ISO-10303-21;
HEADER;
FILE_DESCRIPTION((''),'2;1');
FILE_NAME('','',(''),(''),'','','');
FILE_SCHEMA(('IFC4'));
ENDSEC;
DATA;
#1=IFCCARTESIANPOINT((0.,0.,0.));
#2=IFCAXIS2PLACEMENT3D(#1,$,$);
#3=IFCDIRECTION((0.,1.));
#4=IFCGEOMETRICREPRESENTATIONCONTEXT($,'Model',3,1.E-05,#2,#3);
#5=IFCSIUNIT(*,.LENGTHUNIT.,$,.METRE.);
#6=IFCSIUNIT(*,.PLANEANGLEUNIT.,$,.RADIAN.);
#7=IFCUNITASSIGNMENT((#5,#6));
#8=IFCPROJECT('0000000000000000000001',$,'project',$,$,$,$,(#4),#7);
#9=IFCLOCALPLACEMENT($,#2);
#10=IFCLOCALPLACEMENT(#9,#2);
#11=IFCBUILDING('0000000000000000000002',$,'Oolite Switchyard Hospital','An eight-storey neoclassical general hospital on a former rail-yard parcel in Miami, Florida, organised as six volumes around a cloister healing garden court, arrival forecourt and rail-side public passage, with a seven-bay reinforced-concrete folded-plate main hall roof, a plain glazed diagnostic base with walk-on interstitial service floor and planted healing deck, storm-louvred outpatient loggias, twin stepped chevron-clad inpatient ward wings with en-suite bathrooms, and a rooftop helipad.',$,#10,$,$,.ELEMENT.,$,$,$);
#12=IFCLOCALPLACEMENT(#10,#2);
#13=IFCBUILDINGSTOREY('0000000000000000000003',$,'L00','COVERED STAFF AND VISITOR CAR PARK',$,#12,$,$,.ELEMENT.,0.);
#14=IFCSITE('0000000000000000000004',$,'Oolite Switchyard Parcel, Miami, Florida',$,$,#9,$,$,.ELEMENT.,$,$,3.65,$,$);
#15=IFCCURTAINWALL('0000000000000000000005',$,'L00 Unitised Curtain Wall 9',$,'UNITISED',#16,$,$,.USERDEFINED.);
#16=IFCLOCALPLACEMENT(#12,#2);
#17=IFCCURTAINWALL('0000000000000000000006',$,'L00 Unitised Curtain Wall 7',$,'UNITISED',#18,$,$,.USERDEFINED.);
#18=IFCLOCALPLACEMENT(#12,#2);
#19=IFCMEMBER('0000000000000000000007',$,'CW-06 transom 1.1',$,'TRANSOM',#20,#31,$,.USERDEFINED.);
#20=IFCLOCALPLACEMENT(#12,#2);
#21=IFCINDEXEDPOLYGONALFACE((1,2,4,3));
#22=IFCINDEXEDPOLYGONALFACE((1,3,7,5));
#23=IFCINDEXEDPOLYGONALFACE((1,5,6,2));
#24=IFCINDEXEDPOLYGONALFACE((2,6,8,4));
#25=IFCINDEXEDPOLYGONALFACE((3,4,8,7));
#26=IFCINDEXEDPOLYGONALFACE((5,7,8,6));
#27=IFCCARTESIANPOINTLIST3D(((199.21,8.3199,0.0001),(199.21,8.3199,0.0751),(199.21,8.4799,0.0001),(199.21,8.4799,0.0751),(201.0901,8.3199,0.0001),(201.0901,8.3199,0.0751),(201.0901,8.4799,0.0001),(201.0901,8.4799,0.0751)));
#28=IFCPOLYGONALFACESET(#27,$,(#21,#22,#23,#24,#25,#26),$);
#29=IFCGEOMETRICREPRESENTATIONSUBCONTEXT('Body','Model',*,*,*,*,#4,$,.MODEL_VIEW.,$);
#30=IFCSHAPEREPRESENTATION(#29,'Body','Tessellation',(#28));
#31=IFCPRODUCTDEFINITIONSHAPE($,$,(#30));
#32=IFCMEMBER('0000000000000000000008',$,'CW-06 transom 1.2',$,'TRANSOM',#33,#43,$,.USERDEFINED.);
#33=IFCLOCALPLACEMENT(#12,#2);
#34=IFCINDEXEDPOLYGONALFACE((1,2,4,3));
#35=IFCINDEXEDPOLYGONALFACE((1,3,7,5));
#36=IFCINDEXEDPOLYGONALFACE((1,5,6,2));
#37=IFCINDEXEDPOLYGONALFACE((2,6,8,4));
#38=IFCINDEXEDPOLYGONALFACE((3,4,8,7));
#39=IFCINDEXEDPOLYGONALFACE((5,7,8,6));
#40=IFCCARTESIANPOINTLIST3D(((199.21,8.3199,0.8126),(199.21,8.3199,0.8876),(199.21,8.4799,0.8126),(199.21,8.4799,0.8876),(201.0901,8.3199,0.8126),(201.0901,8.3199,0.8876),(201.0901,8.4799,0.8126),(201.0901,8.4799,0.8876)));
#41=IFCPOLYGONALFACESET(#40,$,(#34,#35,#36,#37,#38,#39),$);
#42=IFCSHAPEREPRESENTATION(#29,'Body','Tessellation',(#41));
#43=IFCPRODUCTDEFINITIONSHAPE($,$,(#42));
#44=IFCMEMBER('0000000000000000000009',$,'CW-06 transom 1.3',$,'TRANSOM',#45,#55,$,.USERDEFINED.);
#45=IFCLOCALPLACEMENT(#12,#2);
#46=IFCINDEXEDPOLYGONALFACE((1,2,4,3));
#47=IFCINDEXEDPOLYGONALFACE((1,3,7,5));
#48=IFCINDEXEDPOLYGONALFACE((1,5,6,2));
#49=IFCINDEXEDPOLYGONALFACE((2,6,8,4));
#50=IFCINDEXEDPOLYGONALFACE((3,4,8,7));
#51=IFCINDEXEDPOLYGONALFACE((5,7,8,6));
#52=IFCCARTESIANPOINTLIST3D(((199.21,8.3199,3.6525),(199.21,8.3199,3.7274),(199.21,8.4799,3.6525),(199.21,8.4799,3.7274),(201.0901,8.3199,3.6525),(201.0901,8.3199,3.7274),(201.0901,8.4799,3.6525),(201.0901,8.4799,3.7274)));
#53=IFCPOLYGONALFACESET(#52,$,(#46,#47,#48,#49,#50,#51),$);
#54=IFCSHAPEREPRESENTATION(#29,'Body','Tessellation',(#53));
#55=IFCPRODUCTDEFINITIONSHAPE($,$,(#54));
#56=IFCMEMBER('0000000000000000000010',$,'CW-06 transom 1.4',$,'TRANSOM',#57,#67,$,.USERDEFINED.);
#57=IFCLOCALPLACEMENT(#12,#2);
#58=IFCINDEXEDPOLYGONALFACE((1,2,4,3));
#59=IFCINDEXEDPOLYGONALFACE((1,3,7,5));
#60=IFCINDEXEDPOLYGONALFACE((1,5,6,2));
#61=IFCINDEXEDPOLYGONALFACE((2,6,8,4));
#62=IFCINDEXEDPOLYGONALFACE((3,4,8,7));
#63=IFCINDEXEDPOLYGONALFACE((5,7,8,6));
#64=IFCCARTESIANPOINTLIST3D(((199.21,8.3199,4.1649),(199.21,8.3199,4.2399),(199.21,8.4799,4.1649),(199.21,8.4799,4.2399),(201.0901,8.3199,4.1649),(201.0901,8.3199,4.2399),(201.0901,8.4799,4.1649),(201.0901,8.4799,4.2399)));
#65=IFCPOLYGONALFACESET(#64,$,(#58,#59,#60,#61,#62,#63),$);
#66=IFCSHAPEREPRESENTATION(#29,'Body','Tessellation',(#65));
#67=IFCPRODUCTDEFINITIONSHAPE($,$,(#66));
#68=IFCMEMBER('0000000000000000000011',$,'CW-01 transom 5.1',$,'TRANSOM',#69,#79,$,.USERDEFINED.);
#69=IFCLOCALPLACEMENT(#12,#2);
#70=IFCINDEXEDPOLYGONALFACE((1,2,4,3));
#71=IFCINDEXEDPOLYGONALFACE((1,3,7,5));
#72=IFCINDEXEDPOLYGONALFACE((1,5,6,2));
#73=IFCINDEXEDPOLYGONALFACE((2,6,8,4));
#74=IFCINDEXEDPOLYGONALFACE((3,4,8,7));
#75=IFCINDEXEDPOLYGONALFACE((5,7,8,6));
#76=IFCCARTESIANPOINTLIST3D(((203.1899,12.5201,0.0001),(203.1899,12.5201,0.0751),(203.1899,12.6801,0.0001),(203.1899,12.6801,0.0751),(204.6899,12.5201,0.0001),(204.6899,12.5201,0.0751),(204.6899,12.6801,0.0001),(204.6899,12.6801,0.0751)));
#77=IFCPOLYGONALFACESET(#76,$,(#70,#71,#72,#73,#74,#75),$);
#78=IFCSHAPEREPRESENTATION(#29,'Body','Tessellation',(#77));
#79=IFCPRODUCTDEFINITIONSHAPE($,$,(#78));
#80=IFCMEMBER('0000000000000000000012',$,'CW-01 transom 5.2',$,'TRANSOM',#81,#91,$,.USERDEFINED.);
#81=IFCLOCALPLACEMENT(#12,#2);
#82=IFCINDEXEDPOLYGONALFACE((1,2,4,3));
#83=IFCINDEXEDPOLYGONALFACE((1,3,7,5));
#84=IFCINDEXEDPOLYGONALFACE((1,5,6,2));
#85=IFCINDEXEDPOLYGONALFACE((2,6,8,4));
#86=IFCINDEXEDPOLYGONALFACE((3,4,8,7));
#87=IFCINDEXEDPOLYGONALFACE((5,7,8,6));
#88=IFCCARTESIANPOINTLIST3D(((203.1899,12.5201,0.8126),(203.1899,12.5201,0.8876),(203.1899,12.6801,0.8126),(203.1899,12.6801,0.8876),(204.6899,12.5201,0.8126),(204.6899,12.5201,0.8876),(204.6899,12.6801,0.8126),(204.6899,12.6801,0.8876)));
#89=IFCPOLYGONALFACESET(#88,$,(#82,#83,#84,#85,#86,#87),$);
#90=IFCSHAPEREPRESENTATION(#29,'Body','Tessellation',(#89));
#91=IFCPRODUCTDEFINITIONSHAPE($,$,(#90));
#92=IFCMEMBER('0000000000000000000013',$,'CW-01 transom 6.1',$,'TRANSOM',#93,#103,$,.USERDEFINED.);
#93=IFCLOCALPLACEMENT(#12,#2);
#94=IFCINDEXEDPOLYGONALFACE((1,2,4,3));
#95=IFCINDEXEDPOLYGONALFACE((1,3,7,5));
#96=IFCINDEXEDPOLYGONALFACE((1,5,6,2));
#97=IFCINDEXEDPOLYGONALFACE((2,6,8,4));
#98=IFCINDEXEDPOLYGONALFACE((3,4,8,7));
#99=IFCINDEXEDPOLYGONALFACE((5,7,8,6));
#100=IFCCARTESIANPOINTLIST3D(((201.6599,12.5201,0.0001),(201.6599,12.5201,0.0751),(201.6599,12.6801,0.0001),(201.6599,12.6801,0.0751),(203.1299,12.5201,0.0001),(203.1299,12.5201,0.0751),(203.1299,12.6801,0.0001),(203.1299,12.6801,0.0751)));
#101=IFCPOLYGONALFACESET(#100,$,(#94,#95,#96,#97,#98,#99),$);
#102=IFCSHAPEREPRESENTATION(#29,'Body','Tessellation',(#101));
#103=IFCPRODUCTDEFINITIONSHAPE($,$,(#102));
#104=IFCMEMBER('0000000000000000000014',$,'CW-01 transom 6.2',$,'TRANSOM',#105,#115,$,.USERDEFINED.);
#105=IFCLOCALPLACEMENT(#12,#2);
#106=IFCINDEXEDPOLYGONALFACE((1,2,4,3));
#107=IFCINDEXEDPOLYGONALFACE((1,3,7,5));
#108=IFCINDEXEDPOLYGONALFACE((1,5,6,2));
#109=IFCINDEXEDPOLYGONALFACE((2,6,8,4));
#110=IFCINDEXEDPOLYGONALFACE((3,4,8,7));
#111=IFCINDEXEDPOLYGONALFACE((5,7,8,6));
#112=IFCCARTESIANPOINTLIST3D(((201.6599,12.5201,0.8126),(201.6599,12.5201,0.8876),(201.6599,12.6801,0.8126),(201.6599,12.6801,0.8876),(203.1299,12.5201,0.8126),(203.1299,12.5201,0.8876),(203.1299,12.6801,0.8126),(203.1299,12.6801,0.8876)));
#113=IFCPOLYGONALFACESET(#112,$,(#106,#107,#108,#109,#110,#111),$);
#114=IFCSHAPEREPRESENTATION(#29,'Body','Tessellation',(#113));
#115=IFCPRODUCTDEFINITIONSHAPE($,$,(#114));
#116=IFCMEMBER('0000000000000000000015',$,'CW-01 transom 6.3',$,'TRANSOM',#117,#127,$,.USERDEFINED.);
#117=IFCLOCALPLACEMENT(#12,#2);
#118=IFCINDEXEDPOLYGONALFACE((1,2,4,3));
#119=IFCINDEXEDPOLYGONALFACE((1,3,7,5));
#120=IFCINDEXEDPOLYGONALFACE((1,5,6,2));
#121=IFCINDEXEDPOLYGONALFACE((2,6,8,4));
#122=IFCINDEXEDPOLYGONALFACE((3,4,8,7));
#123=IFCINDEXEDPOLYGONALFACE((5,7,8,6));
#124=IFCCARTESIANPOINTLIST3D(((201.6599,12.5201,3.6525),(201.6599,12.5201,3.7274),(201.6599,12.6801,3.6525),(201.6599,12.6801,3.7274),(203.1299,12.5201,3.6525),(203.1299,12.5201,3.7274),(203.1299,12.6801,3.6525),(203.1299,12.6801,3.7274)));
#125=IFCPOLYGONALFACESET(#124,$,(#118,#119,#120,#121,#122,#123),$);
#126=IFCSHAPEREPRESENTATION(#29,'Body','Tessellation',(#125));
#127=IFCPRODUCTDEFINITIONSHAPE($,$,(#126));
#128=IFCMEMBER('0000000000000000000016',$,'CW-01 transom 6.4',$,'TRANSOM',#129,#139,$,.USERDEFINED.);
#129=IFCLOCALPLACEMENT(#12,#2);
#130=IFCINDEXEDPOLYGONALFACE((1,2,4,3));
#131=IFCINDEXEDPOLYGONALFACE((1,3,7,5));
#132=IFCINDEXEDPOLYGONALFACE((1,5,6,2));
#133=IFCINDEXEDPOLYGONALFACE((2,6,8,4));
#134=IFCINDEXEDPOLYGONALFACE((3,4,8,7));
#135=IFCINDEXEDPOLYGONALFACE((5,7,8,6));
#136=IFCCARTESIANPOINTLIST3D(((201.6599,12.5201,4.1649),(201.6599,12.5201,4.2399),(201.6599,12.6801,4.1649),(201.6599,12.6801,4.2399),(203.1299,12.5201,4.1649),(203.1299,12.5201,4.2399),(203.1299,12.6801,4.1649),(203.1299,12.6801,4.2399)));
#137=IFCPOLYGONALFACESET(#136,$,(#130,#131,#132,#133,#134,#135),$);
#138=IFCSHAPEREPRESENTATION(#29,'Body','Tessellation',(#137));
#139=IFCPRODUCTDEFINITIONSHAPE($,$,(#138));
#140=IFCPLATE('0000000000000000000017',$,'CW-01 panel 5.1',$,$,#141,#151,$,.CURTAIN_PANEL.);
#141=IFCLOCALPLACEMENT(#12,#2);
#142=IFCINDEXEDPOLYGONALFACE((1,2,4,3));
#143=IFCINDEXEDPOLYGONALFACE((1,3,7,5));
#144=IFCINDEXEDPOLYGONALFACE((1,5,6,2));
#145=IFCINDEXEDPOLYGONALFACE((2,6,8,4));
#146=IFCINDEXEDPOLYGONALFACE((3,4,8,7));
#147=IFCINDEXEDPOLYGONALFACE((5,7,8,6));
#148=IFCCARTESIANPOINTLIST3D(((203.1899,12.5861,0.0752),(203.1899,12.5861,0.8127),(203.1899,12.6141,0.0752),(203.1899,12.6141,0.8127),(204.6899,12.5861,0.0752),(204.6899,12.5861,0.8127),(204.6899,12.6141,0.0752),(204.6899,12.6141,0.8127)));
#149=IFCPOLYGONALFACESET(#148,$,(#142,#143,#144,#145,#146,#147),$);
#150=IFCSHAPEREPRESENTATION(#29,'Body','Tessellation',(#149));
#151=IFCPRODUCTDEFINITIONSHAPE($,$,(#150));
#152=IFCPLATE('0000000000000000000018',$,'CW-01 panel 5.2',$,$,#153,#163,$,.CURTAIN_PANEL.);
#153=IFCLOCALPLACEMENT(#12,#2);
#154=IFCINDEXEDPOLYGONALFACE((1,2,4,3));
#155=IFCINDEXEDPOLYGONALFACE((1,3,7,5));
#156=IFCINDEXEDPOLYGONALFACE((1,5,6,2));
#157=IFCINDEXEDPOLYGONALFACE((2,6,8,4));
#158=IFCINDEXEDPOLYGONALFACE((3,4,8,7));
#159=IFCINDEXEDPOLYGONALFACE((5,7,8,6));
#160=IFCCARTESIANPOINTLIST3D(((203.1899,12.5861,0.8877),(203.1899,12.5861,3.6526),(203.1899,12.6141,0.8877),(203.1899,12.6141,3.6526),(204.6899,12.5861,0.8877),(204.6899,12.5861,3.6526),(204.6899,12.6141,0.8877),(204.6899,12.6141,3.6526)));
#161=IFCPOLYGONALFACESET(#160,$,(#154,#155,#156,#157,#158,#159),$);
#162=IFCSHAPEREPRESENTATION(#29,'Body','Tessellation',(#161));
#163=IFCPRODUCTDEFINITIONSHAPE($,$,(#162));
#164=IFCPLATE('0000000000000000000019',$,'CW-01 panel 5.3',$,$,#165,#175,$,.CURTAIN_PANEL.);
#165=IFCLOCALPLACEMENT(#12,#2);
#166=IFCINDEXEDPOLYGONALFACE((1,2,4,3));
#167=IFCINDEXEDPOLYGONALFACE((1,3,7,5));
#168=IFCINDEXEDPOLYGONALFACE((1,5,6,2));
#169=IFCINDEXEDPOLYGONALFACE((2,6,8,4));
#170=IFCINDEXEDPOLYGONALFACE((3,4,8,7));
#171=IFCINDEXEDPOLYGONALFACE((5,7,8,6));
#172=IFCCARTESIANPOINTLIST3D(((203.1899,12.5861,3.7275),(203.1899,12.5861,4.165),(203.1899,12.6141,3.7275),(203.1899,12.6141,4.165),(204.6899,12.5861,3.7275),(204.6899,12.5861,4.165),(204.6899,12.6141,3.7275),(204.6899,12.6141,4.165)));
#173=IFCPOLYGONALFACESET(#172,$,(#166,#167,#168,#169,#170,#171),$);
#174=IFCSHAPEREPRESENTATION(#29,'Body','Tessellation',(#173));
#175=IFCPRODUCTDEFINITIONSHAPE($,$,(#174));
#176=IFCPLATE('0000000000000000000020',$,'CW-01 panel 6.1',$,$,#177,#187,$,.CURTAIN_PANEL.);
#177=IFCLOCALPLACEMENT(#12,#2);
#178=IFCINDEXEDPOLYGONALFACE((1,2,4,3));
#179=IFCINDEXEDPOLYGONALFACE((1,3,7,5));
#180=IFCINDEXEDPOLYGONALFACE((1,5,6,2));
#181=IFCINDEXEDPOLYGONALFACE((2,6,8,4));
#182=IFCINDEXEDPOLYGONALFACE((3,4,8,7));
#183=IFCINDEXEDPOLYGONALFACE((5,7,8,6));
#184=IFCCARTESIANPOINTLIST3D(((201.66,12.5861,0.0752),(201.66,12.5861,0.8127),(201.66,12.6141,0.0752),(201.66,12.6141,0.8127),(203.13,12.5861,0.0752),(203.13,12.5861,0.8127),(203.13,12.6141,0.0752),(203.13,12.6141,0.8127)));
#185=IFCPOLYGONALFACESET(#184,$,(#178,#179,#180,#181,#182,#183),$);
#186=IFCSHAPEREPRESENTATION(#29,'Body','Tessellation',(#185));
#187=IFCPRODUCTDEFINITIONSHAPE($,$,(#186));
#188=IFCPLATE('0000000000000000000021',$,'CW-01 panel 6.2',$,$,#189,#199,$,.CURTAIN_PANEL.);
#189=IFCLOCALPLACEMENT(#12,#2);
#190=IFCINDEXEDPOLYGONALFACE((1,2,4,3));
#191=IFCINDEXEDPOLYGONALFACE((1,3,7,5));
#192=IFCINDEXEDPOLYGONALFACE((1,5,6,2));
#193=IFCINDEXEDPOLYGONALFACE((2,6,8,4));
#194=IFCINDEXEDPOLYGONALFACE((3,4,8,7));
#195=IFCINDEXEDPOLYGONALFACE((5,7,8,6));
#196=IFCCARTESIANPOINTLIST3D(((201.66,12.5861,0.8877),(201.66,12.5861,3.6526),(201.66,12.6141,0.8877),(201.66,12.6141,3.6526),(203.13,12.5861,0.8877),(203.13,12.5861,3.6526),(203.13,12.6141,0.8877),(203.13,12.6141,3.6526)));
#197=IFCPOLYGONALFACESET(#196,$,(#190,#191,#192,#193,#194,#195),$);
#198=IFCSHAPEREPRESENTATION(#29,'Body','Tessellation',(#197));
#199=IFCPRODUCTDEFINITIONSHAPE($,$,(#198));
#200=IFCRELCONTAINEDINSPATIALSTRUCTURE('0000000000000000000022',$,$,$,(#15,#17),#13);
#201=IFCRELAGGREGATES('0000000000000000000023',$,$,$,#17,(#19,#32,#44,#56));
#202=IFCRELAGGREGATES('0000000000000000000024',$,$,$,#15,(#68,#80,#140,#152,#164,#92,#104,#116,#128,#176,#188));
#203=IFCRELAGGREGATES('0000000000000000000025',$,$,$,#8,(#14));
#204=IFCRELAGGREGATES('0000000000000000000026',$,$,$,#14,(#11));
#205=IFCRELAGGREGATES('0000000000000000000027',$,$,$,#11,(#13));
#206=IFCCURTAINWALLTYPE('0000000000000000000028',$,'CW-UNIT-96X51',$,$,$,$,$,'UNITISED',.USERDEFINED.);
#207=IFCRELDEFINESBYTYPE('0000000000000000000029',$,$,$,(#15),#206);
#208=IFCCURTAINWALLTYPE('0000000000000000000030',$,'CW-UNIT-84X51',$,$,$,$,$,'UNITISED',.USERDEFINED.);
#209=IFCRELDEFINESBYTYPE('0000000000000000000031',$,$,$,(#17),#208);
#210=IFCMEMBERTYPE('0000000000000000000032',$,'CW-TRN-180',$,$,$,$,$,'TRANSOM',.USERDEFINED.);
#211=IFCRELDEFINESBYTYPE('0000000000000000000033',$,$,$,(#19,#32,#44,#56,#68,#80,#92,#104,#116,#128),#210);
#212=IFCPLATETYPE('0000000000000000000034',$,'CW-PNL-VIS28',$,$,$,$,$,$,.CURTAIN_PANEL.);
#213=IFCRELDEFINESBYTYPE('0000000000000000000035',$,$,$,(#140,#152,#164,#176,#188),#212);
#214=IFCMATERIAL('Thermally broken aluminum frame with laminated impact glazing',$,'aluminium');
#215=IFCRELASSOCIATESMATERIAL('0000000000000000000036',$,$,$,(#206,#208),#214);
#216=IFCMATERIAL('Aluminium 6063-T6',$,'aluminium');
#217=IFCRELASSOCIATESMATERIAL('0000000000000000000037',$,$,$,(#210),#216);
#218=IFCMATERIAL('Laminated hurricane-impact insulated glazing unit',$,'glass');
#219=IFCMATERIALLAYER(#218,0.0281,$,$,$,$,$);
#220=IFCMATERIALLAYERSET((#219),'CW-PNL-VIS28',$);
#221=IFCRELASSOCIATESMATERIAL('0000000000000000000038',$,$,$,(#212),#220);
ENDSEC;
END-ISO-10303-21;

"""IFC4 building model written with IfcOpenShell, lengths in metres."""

from ifc_helpers import new_model, si_unit, direction, frame, origin, origin_2d, place, context, subcontext, project, spatial, rectangle, extrude, material, layer, layer_set, material_profile, profile_set, type_object, element, aggregate, save


model = new_model("IFC4")

# Units and contexts
model_context = context("Model", 3, precision=1e-05, world=origin(), true_north=direction((0.0, 1.0)))
body_context = subcontext(model_context, "Body", "Model", "MODEL_VIEW")
ifc_project = project(units=[si_unit("LENGTHUNIT", "METRE"), si_unit("PLANEANGLEUNIT", "RADIAN")], contexts=[model_context])

# Site, building, storey
site_placement = place(None, origin())
site = spatial("IfcSite", under=ifc_project, at=site_placement, Name="Oolite Switchyard Parcel, Miami, Florida", CompositionType="ELEMENT", RefElevation=3.65)
building_placement = place(site_placement, origin())
building = spatial("IfcBuilding", under=site, at=building_placement, Name="Oolite Switchyard Hospital", Description="An eight-storey neoclassical general hospital on a former rail-yard parcel in Miami, Florida, organised as six volumes around a cloister healing garden court, arrival forecourt and rail-side public passage, with a seven-bay reinforced-concrete folded-plate main hall roof, a plain glazed diagnostic base with walk-on interstitial service floor and planted healing deck, storm-louvred outpatient loggias, twin stepped chevron-clad inpatient ward wings with en-suite bathrooms, and a rooftop helipad.", CompositionType="ELEMENT")
storey_placement = place(building_placement, origin())
storey = spatial("IfcBuildingStorey", under=building, at=storey_placement, Name="L00", Description="COVERED STAFF AND VISITOR CAR PARK", CompositionType="ELEMENT", Elevation=0.0)

# Curtain walls, members
ifc_material_1 = material(Name="Thermally broken aluminum frame with laminated impact glazing", Category="aluminium")
curtain_wall_type_1 = type_object("IfcCurtainWallType", Name="CW-UNIT-96X51", ElementType="UNITISED", PredefinedType="USERDEFINED", material=ifc_material_1)
curtain_wall_1_placement = place(storey_placement, origin())
curtain_wall_1 = element("IfcCurtainWall", 1, at=curtain_wall_1_placement, inside=storey, type_object=curtain_wall_type_1, Name="L00 Unitised Curtain Wall 9", ObjectType="UNITISED", PredefinedType="USERDEFINED")
ifc_material_2 = material(Name="Aluminium 6063-T6", Category="aluminium")
curtain_wall_type_2 = type_object("IfcCurtainWallType", Name="CW-UNIT-84X51", ElementType="UNITISED", PredefinedType="USERDEFINED", material=ifc_material_1)
curtain_wall_2_placement = place(storey_placement, origin())
curtain_wall_2 = element("IfcCurtainWall", 2, at=curtain_wall_2_placement, inside=storey, type_object=curtain_wall_type_2, Name="L00 Unitised Curtain Wall 7", ObjectType="UNITISED", PredefinedType="USERDEFINED")
ifc_material_profile_1 = material_profile(ifc_material_2, rectangle(XDim=0.1599, YDim=0.075, at=origin_2d()), Name="CWT75X160")
ifc_profile_set_1 = profile_set([ifc_material_profile_1], Name="Aluminium 6063-T6")
member_type_1 = type_object("IfcMemberType", Name="CW-TRN-180", ElementType="TRANSOM", PredefinedType="USERDEFINED", material=ifc_profile_set_1)
member_1_placement = place(storey_placement, frame((201.0901, 8.3999, 0.0376), z_axis=(-1.0, 0.0, 0.0), x_axis=(0.0, -1.0, 0.0)))
member_1 = element("IfcMember", 3, at=member_1_placement, type_object=member_type_1, Name="CW-06 transom 1.1", ObjectType="TRANSOM", PredefinedType="USERDEFINED", context=body_context, shape_type="SweptSolid", body=[
    extrude(rectangle(XDim=0.1599, YDim=0.075, at=origin_2d()), origin(), (0.0, 0.0, 1.0), 1.8801),
])
member_2_placement = place(storey_placement, frame((201.0901, 8.3999, 0.8501), z_axis=(-1.0, 0.0, 0.0), x_axis=(0.0, -1.0, 0.0)))
member_2 = element("IfcMember", 4, at=member_2_placement, type_object=member_type_1, Name="CW-06 transom 1.2", ObjectType="TRANSOM", PredefinedType="USERDEFINED", context=body_context, shape_type="SweptSolid", body=[
    extrude(rectangle(XDim=0.1599, YDim=0.075, at=origin_2d()), origin(), (0.0, 0.0, 1.0), 1.8801),
])
member_3_placement = place(storey_placement, frame((201.0901, 8.3999, 3.6899), z_axis=(-1.0, 0.0, 0.0), x_axis=(0.0, -1.0, 0.0)))
member_3 = element("IfcMember", 5, at=member_3_placement, type_object=member_type_1, Name="CW-06 transom 1.3", ObjectType="TRANSOM", PredefinedType="USERDEFINED", context=body_context, shape_type="SweptSolid", body=[
    extrude(rectangle(XDim=0.1599, YDim=0.075, at=origin_2d()), origin(), (0.0, 0.0, 1.0), 1.8801),
])
member_4_placement = place(storey_placement, frame((201.0901, 8.3999, 4.2024), z_axis=(-1.0, 0.0, 0.0), x_axis=(0.0, -1.0, 0.0)))
member_4 = element("IfcMember", 6, at=member_4_placement, type_object=member_type_1, Name="CW-06 transom 1.4", ObjectType="TRANSOM", PredefinedType="USERDEFINED", context=body_context, shape_type="SweptSolid", body=[
    extrude(rectangle(XDim=0.1599, YDim=0.075, at=origin_2d()), origin(), (0.0, 0.0, 1.0), 1.8801),
])
aggregate(curtain_wall_2, [member_1, member_2, member_3, member_4])

# Members
member_5_placement = place(storey_placement, frame((204.6899, 12.6001, 0.0376), z_axis=(-1.0, 0.0, 0.0), x_axis=(0.0, -1.0, 0.0)))
member_5 = element("IfcMember", 7, at=member_5_placement, type_object=member_type_1, Name="CW-01 transom 5.1", ObjectType="TRANSOM", PredefinedType="USERDEFINED", context=body_context, shape_type="SweptSolid", body=[
    extrude(rectangle(XDim=0.1599, YDim=0.075, at=origin_2d()), origin(), (0.0, 0.0, 1.0), 1.5),
])
member_6_placement = place(storey_placement, frame((204.6899, 12.6001, 0.8501), z_axis=(-1.0, 0.0, 0.0), x_axis=(0.0, -1.0, 0.0)))
member_6 = element("IfcMember", 8, at=member_6_placement, type_object=member_type_1, Name="CW-01 transom 5.2", ObjectType="TRANSOM", PredefinedType="USERDEFINED", context=body_context, shape_type="SweptSolid", body=[
    extrude(rectangle(XDim=0.1599, YDim=0.075, at=origin_2d()), origin(), (0.0, 0.0, 1.0), 1.5),
])
member_7_placement = place(storey_placement, frame((203.1299, 12.6001, 0.0376), z_axis=(-1.0, 0.0, 0.0), x_axis=(0.0, -1.0, 0.0)))
member_7 = element("IfcMember", 9, at=member_7_placement, type_object=member_type_1, Name="CW-01 transom 6.1", ObjectType="TRANSOM", PredefinedType="USERDEFINED", context=body_context, shape_type="SweptSolid", body=[
    extrude(rectangle(XDim=0.1599, YDim=0.075, at=origin_2d()), origin(), (0.0, 0.0, 1.0), 1.47),
])
member_8_placement = place(storey_placement, frame((203.1299, 12.6001, 0.8501), z_axis=(-1.0, 0.0, 0.0), x_axis=(0.0, -1.0, 0.0)))
member_8 = element("IfcMember", 10, at=member_8_placement, type_object=member_type_1, Name="CW-01 transom 6.2", ObjectType="TRANSOM", PredefinedType="USERDEFINED", context=body_context, shape_type="SweptSolid", body=[
    extrude(rectangle(XDim=0.1599, YDim=0.075, at=origin_2d()), origin(), (0.0, 0.0, 1.0), 1.47),
])
member_9_placement = place(storey_placement, frame((203.1299, 12.6001, 3.6899), z_axis=(-1.0, 0.0, 0.0), x_axis=(0.0, -1.0, 0.0)))
member_9 = element("IfcMember", 11, at=member_9_placement, type_object=member_type_1, Name="CW-01 transom 6.3", ObjectType="TRANSOM", PredefinedType="USERDEFINED", context=body_context, shape_type="SweptSolid", body=[
    extrude(rectangle(XDim=0.1599, YDim=0.075, at=origin_2d()), origin(), (0.0, 0.0, 1.0), 1.47),
])
member_10_placement = place(storey_placement, frame((203.1299, 12.6001, 4.2024), z_axis=(-1.0, 0.0, 0.0), x_axis=(0.0, -1.0, 0.0)))
member_10 = element("IfcMember", 12, at=member_10_placement, type_object=member_type_1, Name="CW-01 transom 6.4", ObjectType="TRANSOM", PredefinedType="USERDEFINED", context=body_context, shape_type="SweptSolid", body=[
    extrude(rectangle(XDim=0.1599, YDim=0.075, at=origin_2d()), origin(), (0.0, 0.0, 1.0), 1.47),
])

# Plates
ifc_material_3 = material(Name="Laminated hurricane-impact insulated glazing unit", Category="glass")
ifc_layer_1 = layer(ifc_material_3, 0.0281)
ifc_layer_set_1 = layer_set([ifc_layer_1], Name="CW-PNL-VIS28")
plate_type = type_object("IfcPlateType", Name="CW-PNL-VIS28", PredefinedType="CURTAIN_PANEL", material=ifc_layer_set_1)
plate_1_placement = place(storey_placement, frame((203.9399, 12.6001, 0.0752), z_axis=(0.0, 0.0, 1.0), x_axis=(-1.0, 0.0, 0.0)))
plate_1 = element("IfcPlate", 13, at=plate_1_placement, type_object=plate_type, Name="CW-01 panel 5.1", PredefinedType="CURTAIN_PANEL", context=body_context, shape_type="SweptSolid", body=[
    extrude(rectangle(XDim=1.5, YDim=0.0281, at=origin_2d()), origin(), (0.0, 0.0, 1.0), 0.7375),
])
plate_2_placement = place(storey_placement, frame((203.9399, 12.6001, 0.8877), z_axis=(0.0, 0.0, 1.0), x_axis=(-1.0, 0.0, 0.0)))
plate_2 = element("IfcPlate", 14, at=plate_2_placement, type_object=plate_type, Name="CW-01 panel 5.2", PredefinedType="CURTAIN_PANEL", context=body_context, shape_type="SweptSolid", body=[
    extrude(rectangle(XDim=1.5, YDim=0.0281, at=origin_2d()), origin(), (0.0, 0.0, 1.0), 2.7649),
])
plate_3_placement = place(storey_placement, frame((203.9399, 12.6001, 3.7275), z_axis=(0.0, 0.0, 1.0), x_axis=(-1.0, 0.0, 0.0)))
plate_3 = element("IfcPlate", 15, at=plate_3_placement, type_object=plate_type, Name="CW-01 panel 5.3", PredefinedType="CURTAIN_PANEL", context=body_context, shape_type="SweptSolid", body=[
    extrude(rectangle(XDim=1.5, YDim=0.0281, at=origin_2d()), origin(), (0.0, 0.0, 1.0), 0.4375),
])
plate_4_placement = place(storey_placement, frame((202.395, 12.6001, 0.0752), z_axis=(0.0, 0.0, 1.0), x_axis=(-1.0, 0.0, 0.0)))
plate_4 = element("IfcPlate", 16, at=plate_4_placement, type_object=plate_type, Name="CW-01 panel 6.1", PredefinedType="CURTAIN_PANEL", context=body_context, shape_type="SweptSolid", body=[
    extrude(rectangle(XDim=1.47, YDim=0.0281, at=origin_2d()), origin(), (0.0, 0.0, 1.0), 0.7375),
])
plate_5_placement = place(storey_placement, frame((202.395, 12.6001, 0.8877), z_axis=(0.0, 0.0, 1.0), x_axis=(-1.0, 0.0, 0.0)))
plate_5 = element("IfcPlate", 17, at=plate_5_placement, type_object=plate_type, Name="CW-01 panel 6.2", PredefinedType="CURTAIN_PANEL", context=body_context, shape_type="SweptSolid", body=[
    extrude(rectangle(XDim=1.47, YDim=0.0281, at=origin_2d()), origin(), (0.0, 0.0, 1.0), 2.7649),
])
aggregate(curtain_wall_1, [member_5, member_6, plate_1, plate_2, plate_3, member_7, member_8, member_9, member_10, plate_4, plate_5])

save(model, "model.ifc")
